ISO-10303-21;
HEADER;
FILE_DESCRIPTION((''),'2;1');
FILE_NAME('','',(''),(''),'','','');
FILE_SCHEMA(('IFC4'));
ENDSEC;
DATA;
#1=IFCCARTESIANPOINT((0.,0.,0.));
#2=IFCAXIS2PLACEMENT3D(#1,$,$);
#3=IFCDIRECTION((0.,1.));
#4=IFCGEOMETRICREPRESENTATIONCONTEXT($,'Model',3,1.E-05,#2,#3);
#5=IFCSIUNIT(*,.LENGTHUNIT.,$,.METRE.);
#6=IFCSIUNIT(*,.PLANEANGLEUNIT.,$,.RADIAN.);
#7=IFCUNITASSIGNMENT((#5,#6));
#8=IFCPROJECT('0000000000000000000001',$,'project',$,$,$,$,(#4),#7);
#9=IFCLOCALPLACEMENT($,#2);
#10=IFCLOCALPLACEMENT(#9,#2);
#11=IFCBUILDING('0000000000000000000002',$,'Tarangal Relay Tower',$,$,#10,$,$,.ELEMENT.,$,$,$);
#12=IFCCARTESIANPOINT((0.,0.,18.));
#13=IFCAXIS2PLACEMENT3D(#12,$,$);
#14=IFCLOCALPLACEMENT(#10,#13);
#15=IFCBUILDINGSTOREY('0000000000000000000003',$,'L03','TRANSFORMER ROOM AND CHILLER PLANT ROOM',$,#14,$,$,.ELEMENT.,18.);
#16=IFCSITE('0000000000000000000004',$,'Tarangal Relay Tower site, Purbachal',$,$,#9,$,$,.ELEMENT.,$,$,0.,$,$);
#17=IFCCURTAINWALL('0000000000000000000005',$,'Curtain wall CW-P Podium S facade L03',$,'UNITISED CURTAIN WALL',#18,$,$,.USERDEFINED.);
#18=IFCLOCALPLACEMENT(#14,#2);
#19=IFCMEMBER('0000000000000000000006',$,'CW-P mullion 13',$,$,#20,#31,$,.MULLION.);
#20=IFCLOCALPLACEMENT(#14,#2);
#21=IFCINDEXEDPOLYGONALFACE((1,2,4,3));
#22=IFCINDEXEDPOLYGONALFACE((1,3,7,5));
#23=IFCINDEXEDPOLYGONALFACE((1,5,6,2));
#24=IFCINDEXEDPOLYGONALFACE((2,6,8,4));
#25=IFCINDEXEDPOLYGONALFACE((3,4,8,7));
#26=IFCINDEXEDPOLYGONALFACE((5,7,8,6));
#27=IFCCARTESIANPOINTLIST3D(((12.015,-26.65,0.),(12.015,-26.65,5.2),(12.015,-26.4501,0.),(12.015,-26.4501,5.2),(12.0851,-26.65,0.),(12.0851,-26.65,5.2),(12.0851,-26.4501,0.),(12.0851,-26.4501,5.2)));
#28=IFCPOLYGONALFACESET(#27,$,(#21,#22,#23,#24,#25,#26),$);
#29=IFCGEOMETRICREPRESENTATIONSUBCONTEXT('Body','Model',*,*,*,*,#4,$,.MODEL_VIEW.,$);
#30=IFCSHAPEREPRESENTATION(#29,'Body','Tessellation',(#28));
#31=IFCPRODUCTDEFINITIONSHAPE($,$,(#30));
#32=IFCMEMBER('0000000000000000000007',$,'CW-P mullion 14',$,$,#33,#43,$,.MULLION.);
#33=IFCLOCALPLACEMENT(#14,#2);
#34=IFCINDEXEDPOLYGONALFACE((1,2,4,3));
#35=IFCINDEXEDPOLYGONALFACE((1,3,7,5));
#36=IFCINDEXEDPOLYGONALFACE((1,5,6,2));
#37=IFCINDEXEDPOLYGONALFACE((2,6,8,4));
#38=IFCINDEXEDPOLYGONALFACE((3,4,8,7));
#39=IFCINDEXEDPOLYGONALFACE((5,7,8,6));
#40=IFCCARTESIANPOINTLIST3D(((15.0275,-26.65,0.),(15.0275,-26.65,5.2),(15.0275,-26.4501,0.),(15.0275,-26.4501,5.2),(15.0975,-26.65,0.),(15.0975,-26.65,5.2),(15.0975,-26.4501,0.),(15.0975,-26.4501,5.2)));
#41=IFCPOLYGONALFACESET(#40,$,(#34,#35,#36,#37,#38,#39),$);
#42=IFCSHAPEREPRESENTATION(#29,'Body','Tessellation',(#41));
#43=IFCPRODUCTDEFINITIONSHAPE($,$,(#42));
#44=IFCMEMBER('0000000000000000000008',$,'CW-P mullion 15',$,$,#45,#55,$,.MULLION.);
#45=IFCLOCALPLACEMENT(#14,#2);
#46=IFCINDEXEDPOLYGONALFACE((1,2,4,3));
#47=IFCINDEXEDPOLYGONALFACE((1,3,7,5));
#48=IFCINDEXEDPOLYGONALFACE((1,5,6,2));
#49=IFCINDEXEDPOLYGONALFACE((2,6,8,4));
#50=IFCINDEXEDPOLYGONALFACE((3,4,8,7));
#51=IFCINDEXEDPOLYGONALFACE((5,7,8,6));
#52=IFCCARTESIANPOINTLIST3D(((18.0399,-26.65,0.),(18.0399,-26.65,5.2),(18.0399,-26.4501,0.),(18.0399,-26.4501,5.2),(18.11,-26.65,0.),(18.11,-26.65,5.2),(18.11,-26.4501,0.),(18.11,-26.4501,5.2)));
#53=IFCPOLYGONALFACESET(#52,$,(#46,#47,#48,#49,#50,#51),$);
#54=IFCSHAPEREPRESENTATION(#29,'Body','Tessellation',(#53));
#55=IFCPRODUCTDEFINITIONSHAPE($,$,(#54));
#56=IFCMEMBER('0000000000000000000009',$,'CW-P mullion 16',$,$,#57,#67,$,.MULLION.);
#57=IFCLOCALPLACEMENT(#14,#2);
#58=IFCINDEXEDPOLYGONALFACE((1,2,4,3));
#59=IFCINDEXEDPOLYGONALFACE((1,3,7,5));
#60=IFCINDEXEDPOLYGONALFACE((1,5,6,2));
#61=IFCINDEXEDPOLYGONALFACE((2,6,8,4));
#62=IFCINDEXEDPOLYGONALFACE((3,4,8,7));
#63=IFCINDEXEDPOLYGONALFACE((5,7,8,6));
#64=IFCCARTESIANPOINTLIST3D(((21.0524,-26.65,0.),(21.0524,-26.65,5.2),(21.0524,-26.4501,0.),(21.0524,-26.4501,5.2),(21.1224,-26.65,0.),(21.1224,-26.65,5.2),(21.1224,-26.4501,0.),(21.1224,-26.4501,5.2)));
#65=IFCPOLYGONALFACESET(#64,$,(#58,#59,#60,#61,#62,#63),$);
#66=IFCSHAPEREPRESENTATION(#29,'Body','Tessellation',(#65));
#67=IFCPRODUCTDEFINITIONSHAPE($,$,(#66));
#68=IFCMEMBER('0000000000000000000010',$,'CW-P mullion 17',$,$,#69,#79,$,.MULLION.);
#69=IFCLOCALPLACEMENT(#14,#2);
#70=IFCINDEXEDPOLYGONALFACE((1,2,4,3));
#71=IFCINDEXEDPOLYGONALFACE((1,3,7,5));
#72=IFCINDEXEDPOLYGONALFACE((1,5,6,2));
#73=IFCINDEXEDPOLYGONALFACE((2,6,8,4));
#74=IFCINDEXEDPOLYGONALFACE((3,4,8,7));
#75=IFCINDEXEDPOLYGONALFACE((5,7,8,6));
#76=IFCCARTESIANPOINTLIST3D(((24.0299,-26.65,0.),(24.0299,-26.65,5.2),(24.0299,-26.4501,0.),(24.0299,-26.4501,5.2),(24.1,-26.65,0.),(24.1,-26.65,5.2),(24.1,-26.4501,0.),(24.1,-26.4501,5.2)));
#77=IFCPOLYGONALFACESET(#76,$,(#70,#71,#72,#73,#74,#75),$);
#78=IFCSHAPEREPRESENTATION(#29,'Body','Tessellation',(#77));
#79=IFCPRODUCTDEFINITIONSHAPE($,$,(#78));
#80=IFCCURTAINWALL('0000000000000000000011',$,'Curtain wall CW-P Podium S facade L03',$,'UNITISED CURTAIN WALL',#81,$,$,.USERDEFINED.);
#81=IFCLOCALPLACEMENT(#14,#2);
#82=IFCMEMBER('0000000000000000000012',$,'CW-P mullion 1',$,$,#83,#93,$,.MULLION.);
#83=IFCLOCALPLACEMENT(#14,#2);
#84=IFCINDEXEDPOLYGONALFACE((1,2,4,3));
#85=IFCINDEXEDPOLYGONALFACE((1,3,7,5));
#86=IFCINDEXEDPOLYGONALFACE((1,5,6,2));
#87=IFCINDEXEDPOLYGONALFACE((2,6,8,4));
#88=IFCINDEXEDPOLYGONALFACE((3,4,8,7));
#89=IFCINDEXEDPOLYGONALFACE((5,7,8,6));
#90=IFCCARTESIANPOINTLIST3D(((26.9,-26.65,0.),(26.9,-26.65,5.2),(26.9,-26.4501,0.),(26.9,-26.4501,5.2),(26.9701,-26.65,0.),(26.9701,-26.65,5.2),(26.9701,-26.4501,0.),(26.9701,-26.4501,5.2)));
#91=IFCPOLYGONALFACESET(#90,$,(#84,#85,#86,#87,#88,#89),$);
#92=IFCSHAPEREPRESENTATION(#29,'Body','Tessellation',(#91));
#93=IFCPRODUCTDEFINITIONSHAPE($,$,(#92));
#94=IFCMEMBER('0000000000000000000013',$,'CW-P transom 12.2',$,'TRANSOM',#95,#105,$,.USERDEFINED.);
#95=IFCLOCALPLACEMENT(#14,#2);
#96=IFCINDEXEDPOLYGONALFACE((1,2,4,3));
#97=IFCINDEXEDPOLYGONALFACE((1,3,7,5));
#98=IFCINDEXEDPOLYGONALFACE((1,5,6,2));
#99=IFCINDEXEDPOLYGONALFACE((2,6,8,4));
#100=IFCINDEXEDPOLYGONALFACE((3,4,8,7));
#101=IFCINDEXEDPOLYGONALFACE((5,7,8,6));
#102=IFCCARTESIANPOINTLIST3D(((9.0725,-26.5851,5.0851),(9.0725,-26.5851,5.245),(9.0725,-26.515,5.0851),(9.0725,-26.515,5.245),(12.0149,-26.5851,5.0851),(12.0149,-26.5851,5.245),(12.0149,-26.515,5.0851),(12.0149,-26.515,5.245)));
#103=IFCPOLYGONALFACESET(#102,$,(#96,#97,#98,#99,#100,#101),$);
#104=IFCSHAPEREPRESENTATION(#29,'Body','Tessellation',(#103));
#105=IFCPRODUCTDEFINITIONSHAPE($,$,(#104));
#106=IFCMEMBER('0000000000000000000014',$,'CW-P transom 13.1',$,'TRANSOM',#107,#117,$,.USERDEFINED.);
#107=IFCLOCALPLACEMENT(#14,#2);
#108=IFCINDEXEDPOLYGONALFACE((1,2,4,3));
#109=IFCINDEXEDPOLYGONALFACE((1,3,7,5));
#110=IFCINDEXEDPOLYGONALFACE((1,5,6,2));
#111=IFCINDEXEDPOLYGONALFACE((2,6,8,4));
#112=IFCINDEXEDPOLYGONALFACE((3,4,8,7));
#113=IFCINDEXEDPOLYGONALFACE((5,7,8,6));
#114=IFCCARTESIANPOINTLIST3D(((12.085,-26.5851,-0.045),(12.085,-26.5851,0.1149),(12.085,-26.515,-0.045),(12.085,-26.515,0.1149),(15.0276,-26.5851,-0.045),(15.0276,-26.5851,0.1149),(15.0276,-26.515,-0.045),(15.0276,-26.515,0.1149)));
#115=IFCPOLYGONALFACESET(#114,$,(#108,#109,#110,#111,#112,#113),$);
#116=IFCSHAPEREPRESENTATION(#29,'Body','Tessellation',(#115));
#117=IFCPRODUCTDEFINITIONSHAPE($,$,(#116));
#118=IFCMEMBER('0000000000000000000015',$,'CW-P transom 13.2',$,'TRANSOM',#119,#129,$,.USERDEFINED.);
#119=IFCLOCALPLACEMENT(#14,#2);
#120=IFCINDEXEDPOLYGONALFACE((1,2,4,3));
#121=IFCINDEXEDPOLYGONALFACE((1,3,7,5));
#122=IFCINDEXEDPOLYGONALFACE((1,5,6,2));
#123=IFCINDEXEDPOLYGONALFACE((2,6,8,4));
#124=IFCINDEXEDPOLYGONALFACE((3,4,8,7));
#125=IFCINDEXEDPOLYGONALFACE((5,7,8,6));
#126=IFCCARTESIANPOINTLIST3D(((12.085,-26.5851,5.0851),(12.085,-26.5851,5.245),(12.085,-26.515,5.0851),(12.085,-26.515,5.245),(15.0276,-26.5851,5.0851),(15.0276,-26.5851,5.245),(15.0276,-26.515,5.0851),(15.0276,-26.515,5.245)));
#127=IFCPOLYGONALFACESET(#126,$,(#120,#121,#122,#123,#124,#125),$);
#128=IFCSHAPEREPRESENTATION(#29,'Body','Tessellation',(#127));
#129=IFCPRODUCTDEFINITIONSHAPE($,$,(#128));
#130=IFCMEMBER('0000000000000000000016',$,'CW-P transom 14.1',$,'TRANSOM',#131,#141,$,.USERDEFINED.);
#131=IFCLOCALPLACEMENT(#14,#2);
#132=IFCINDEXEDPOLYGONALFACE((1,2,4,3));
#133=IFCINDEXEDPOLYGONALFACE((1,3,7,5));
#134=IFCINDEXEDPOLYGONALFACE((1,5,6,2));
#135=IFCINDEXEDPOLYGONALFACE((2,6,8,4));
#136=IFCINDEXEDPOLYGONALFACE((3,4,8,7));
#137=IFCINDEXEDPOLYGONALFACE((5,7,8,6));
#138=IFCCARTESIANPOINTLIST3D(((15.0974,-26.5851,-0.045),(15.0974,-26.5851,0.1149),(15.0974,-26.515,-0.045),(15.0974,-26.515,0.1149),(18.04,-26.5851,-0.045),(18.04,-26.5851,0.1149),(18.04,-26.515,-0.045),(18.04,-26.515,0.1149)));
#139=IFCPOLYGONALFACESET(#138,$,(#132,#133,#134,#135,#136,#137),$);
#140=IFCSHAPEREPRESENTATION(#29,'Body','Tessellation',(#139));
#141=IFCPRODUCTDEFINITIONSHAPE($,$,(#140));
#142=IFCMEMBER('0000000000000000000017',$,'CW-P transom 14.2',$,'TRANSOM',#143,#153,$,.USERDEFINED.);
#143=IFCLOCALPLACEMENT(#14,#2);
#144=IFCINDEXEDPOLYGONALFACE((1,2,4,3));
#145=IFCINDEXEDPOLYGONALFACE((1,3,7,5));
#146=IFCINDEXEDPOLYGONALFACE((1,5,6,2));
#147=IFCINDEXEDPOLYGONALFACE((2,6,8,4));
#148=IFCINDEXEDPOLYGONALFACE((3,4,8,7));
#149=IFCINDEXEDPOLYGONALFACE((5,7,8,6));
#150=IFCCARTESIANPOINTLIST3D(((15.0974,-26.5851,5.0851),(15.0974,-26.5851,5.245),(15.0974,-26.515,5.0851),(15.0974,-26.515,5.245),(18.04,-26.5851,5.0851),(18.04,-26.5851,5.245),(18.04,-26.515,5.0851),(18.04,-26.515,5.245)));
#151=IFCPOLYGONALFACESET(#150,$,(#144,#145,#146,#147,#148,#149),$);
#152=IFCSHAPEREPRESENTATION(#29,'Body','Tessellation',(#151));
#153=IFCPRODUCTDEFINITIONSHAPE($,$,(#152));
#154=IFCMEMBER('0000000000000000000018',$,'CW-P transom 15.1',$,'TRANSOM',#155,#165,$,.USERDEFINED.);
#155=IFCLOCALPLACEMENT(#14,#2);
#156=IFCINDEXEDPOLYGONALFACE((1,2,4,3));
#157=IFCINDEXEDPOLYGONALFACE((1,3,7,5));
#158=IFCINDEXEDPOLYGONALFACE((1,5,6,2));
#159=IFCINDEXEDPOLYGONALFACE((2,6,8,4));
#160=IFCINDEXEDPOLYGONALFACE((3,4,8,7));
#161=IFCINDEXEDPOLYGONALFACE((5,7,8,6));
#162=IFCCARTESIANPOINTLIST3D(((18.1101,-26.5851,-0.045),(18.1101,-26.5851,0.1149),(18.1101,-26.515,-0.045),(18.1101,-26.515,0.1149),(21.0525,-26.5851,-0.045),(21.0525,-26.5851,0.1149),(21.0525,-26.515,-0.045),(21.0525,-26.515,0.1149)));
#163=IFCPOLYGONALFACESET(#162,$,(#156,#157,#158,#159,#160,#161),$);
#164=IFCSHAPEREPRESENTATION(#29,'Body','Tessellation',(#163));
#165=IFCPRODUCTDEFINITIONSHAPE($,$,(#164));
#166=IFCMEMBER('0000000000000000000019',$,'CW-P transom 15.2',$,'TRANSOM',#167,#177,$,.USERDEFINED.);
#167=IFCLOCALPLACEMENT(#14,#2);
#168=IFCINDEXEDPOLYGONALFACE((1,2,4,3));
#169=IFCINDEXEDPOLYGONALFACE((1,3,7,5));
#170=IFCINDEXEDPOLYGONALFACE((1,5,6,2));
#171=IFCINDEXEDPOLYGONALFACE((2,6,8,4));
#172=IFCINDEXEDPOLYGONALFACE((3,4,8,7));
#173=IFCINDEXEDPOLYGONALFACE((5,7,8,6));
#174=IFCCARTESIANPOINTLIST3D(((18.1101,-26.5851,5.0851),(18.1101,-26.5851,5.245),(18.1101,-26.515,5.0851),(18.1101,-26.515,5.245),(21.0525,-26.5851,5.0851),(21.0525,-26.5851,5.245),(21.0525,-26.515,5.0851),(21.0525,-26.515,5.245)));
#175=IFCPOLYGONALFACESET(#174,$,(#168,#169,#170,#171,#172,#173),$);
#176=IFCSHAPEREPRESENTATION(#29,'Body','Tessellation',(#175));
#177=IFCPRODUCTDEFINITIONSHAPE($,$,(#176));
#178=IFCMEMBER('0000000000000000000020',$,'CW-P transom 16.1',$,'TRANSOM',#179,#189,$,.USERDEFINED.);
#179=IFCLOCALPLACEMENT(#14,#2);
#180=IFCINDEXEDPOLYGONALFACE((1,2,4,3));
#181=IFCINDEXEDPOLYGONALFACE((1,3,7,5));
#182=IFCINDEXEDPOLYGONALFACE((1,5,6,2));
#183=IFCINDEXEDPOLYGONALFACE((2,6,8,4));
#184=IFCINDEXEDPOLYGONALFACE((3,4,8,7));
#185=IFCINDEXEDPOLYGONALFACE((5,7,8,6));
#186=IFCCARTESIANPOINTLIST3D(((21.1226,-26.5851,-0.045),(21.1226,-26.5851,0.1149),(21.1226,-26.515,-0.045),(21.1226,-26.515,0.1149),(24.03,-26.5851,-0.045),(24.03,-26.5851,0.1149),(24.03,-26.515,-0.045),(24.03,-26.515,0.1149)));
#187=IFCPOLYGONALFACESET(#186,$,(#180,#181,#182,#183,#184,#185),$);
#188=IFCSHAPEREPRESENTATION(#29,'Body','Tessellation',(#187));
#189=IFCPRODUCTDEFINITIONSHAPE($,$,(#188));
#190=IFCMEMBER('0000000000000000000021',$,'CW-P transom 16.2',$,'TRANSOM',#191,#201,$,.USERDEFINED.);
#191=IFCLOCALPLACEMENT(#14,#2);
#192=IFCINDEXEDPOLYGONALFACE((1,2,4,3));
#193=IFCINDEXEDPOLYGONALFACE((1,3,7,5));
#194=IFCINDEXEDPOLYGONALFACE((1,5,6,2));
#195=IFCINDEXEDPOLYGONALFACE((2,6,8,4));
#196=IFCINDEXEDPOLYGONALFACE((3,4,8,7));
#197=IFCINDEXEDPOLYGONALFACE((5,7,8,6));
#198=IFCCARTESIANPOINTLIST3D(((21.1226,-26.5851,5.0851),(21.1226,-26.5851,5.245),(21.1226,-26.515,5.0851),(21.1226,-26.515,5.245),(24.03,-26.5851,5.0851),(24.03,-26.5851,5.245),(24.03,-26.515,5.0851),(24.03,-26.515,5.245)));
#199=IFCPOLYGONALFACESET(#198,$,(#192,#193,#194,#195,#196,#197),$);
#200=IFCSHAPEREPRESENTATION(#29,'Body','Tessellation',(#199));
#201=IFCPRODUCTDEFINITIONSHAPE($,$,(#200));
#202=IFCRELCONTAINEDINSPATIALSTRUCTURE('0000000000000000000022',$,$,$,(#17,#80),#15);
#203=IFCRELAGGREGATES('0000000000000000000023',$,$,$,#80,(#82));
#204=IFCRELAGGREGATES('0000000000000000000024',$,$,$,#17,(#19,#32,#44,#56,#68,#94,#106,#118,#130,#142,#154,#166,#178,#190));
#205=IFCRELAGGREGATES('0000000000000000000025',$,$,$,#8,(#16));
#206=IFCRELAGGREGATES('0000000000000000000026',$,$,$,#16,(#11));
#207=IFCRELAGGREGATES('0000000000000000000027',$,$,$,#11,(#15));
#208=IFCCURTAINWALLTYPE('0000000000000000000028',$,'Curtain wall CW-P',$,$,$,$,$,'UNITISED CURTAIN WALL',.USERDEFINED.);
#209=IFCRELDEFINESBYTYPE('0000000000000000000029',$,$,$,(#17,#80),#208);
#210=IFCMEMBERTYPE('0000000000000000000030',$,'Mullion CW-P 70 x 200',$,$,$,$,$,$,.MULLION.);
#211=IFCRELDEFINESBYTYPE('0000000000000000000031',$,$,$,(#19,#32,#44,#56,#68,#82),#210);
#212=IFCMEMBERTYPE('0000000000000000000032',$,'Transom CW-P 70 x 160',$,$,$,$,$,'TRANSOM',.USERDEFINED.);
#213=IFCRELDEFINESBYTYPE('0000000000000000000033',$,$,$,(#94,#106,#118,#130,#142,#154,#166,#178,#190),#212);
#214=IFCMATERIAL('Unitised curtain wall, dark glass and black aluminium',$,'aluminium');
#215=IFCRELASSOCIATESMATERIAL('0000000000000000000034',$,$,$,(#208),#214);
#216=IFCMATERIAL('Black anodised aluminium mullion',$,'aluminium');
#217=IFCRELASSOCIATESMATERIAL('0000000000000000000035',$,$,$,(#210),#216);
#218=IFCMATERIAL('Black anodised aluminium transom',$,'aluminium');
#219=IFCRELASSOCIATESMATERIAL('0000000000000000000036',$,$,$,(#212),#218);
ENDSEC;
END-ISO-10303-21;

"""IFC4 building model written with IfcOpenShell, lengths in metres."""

from ifc_helpers import new_model, si_unit, direction, frame, origin, origin_2d, place, context, subcontext, project, spatial, rectangle, extrude, material, material_profile, profile_set, type_object, element, aggregate, save


model = new_model("IFC4")

# Units and contexts
model_context = context("Model", 3, precision=1e-05, world=origin(), true_north=direction((0.0, 1.0)))
body_context = subcontext(model_context, "Body", "Model", "MODEL_VIEW")
ifc_project = project(units=[si_unit("LENGTHUNIT", "METRE"), si_unit("PLANEANGLEUNIT", "RADIAN")], contexts=[model_context])

# Site, building, storey
site_placement = place(None, origin())
site = spatial("IfcSite", under=ifc_project, at=site_placement, Name="Tarangal Relay Tower site, Purbachal", CompositionType="ELEMENT", RefElevation=0.0)
building_placement = place(site_placement, origin())
building = spatial("IfcBuilding", under=site, at=building_placement, Name="Tarangal Relay Tower", CompositionType="ELEMENT")
storey_placement = place(building_placement, frame((0.0, 0.0, 18.0)))
storey = spatial("IfcBuildingStorey", under=building, at=storey_placement, Name="L03", Description="TRANSFORMER ROOM AND CHILLER PLANT ROOM", CompositionType="ELEMENT", Elevation=18.0)

# Curtain wall, members
ifc_material_1 = material(Name="Unitised curtain wall, dark glass and black aluminium", Category="aluminium")
curtain_wall_type = type_object("IfcCurtainWallType", Name="Curtain wall CW-P", ElementType="UNITISED CURTAIN WALL", PredefinedType="USERDEFINED", material=ifc_material_1)
curtain_wall_1_placement = place(storey_placement, origin())
curtain_wall_1 = element("IfcCurtainWall", 1, at=curtain_wall_1_placement, inside=storey, type_object=curtain_wall_type, Name="Curtain wall CW-P Podium S facade L03", ObjectType="UNITISED CURTAIN WALL", PredefinedType="USERDEFINED")
ifc_material_2 = material(Name="Black anodised aluminium mullion", Category="aluminium")
ifc_material_profile_1 = material_profile(ifc_material_2, rectangle(XDim=0.2, YDim=0.0701, at=origin_2d()), Name="CW-PM 70X200")
ifc_profile_set_1 = profile_set([ifc_material_profile_1], Name="Black anodised aluminium mullion")
member_type_1 = type_object("IfcMemberType", Name="Mullion CW-P 70 x 200", PredefinedType="MULLION", material=ifc_profile_set_1)
member_1_placement = place(storey_placement, frame((12.05, -26.55, 0.0), z_axis=(0.0, 0.0, 1.0), x_axis=(0.0, 1.0, 0.0)))
member_1 = element("IfcMember", 2, at=member_1_placement, type_object=member_type_1, Name="CW-P mullion 13", PredefinedType="MULLION", context=body_context, shape_type="SweptSolid", body=[
    extrude(rectangle(XDim=0.2, YDim=0.0701, at=origin_2d()), origin(), (0.0, 0.0, 1.0), 5.2),
])
member_2_placement = place(storey_placement, frame((15.0625, -26.55, 0.0), z_axis=(0.0, 0.0, 1.0), x_axis=(0.0, 1.0, 0.0)))
member_2 = element("IfcMember", 3, at=member_2_placement, type_object=member_type_1, Name="CW-P mullion 14", PredefinedType="MULLION", context=body_context, shape_type="SweptSolid", body=[
    extrude(rectangle(XDim=0.2, YDim=0.0701, at=origin_2d()), origin(), (0.0, 0.0, 1.0), 5.2),
])
member_3_placement = place(storey_placement, frame((18.075, -26.55, 0.0), z_axis=(0.0, 0.0, 1.0), x_axis=(0.0, 1.0, 0.0)))
member_3 = element("IfcMember", 4, at=member_3_placement, type_object=member_type_1, Name="CW-P mullion 15", PredefinedType="MULLION", context=body_context, shape_type="SweptSolid", body=[
    extrude(rectangle(XDim=0.2, YDim=0.0701, at=origin_2d()), origin(), (0.0, 0.0, 1.0), 5.2),
])
member_4_placement = place(storey_placement, frame((21.0874, -26.55, 0.0), z_axis=(0.0, 0.0, 1.0), x_axis=(0.0, 1.0, 0.0)))
member_4 = element("IfcMember", 5, at=member_4_placement, type_object=member_type_1, Name="CW-P mullion 16", PredefinedType="MULLION", context=body_context, shape_type="SweptSolid", body=[
    extrude(rectangle(XDim=0.2, YDim=0.0701, at=origin_2d()), origin(), (0.0, 0.0, 1.0), 5.2),
])
member_5_placement = place(storey_placement, frame((24.0649, -26.55, 0.0), z_axis=(0.0, 0.0, 1.0), x_axis=(0.0, 1.0, 0.0)))
member_5 = element("IfcMember", 6, at=member_5_placement, type_object=member_type_1, Name="CW-P mullion 17", PredefinedType="MULLION", context=body_context, shape_type="SweptSolid", body=[
    extrude(rectangle(XDim=0.2, YDim=0.0701, at=origin_2d()), origin(), (0.0, 0.0, 1.0), 5.2),
])

# Curtain wall, member
curtain_wall_2_placement = place(storey_placement, origin())
curtain_wall_2 = element("IfcCurtainWall", 7, at=curtain_wall_2_placement, inside=storey, type_object=curtain_wall_type, Name="Curtain wall CW-P Podium S facade L03", ObjectType="UNITISED CURTAIN WALL", PredefinedType="USERDEFINED")
member_6_placement = place(storey_placement, frame((26.9351, -26.55, 0.0), z_axis=(0.0, 0.0, 1.0), x_axis=(0.0, 1.0, 0.0)))
member_6 = element("IfcMember", 8, at=member_6_placement, type_object=member_type_1, Name="CW-P mullion 1", PredefinedType="MULLION", context=body_context, shape_type="SweptSolid", body=[
    extrude(rectangle(XDim=0.2, YDim=0.0701, at=origin_2d()), origin(), (0.0, 0.0, 1.0), 5.2),
])
aggregate(curtain_wall_2, [member_6])

# Members
ifc_material_3 = material(Name="Black anodised aluminium transom", Category="aluminium")
ifc_material_profile_2 = material_profile(ifc_material_3, rectangle(XDim=0.0701, YDim=0.1599, at=origin_2d()), Name="CW-PT 70X160")
ifc_profile_set_2 = profile_set([ifc_material_profile_2], Name="Black anodised aluminium transom")
member_type_2 = type_object("IfcMemberType", Name="Transom CW-P 70 x 160", ElementType="TRANSOM", PredefinedType="USERDEFINED", material=ifc_profile_set_2)
member_7_placement = place(storey_placement, frame((9.0725, -26.55, 5.165), z_axis=(1.0, 0.0, 0.0), x_axis=(0.0, 1.0, 0.0)))
member_7 = element("IfcMember", 9, at=member_7_placement, type_object=member_type_2, Name="CW-P transom 12.2", ObjectType="TRANSOM", PredefinedType="USERDEFINED", context=body_context, shape_type="SweptSolid", body=[
    extrude(rectangle(XDim=0.0701, YDim=0.1599, at=origin_2d()), origin(), (0.0, 0.0, 1.0), 2.9424),
])
member_8_placement = place(storey_placement, frame((12.085, -26.55, 0.0349), z_axis=(1.0, 0.0, 0.0), x_axis=(0.0, 1.0, 0.0)))
member_8 = element("IfcMember", 10, at=member_8_placement, type_object=member_type_2, Name="CW-P transom 13.1", ObjectType="TRANSOM", PredefinedType="USERDEFINED", context=body_context, shape_type="SweptSolid", body=[
    extrude(rectangle(XDim=0.0701, YDim=0.1599, at=origin_2d()), origin(), (0.0, 0.0, 1.0), 2.9426),
])
member_9_placement = place(storey_placement, frame((12.085, -26.55, 5.165), z_axis=(1.0, 0.0, 0.0), x_axis=(0.0, 1.0, 0.0)))
member_9 = element("IfcMember", 11, at=member_9_placement, type_object=member_type_2, Name="CW-P transom 13.2", ObjectType="TRANSOM", PredefinedType="USERDEFINED", context=body_context, shape_type="SweptSolid", body=[
    extrude(rectangle(XDim=0.0701, YDim=0.1599, at=origin_2d()), origin(), (0.0, 0.0, 1.0), 2.9426),
])
member_10_placement = place(storey_placement, frame((15.0974, -26.55, 0.0349), z_axis=(1.0, 0.0, 0.0), x_axis=(0.0, 1.0, 0.0)))
member_10 = element("IfcMember", 12, at=member_10_placement, type_object=member_type_2, Name="CW-P transom 14.1", ObjectType="TRANSOM", PredefinedType="USERDEFINED", context=body_context, shape_type="SweptSolid", body=[
    extrude(rectangle(XDim=0.0701, YDim=0.1599, at=origin_2d()), origin(), (0.0, 0.0, 1.0), 2.9426),
])
member_11_placement = place(storey_placement, frame((15.0974, -26.55, 5.165), z_axis=(1.0, 0.0, 0.0), x_axis=(0.0, 1.0, 0.0)))
member_11 = element("IfcMember", 13, at=member_11_placement, type_object=member_type_2, Name="CW-P transom 14.2", ObjectType="TRANSOM", PredefinedType="USERDEFINED", context=body_context, shape_type="SweptSolid", body=[
    extrude(rectangle(XDim=0.0701, YDim=0.1599, at=origin_2d()), origin(), (0.0, 0.0, 1.0), 2.9426),
])
member_12_placement = place(storey_placement, frame((18.1101, -26.55, 0.0349), z_axis=(1.0, 0.0, 0.0), x_axis=(0.0, 1.0, 0.0)))
member_12 = element("IfcMember", 14, at=member_12_placement, type_object=member_type_2, Name="CW-P transom 15.1", ObjectType="TRANSOM", PredefinedType="USERDEFINED", context=body_context, shape_type="SweptSolid", body=[
    extrude(rectangle(XDim=0.0701, YDim=0.1599, at=origin_2d()), origin(), (0.0, 0.0, 1.0), 2.9424),
])
member_13_placement = place(storey_placement, frame((18.1101, -26.55, 5.165), z_axis=(1.0, 0.0, 0.0), x_axis=(0.0, 1.0, 0.0)))
member_13 = element("IfcMember", 15, at=member_13_placement, type_object=member_type_2, Name="CW-P transom 15.2", ObjectType="TRANSOM", PredefinedType="USERDEFINED", context=body_context, shape_type="SweptSolid", body=[
    extrude(rectangle(XDim=0.0701, YDim=0.1599, at=origin_2d()), origin(), (0.0, 0.0, 1.0), 2.9424),
])
member_14_placement = place(storey_placement, frame((21.1226, -26.55, 0.0349), z_axis=(1.0, 0.0, 0.0), x_axis=(0.0, 1.0, 0.0)))
member_14 = element("IfcMember", 16, at=member_14_placement, type_object=member_type_2, Name="CW-P transom 16.1", ObjectType="TRANSOM", PredefinedType="USERDEFINED", context=body_context, shape_type="SweptSolid", body=[
    extrude(rectangle(XDim=0.0701, YDim=0.1599, at=origin_2d()), origin(), (0.0, 0.0, 1.0), 2.9075),
])
member_15_placement = place(storey_placement, frame((21.1226, -26.55, 5.165), z_axis=(1.0, 0.0, 0.0), x_axis=(0.0, 1.0, 0.0)))
member_15 = element("IfcMember", 17, at=member_15_placement, type_object=member_type_2, Name="CW-P transom 16.2", ObjectType="TRANSOM", PredefinedType="USERDEFINED", context=body_context, shape_type="SweptSolid", body=[
    extrude(rectangle(XDim=0.0701, YDim=0.1599, at=origin_2d()), origin(), (0.0, 0.0, 1.0), 2.9075),
])

aggregate(curtain_wall_1, [member_1, member_2, member_3, member_4, member_5, member_7, member_8, member_9, member_10, member_11, member_12, member_13, member_14, member_15])

save(model, "model.ifc")
